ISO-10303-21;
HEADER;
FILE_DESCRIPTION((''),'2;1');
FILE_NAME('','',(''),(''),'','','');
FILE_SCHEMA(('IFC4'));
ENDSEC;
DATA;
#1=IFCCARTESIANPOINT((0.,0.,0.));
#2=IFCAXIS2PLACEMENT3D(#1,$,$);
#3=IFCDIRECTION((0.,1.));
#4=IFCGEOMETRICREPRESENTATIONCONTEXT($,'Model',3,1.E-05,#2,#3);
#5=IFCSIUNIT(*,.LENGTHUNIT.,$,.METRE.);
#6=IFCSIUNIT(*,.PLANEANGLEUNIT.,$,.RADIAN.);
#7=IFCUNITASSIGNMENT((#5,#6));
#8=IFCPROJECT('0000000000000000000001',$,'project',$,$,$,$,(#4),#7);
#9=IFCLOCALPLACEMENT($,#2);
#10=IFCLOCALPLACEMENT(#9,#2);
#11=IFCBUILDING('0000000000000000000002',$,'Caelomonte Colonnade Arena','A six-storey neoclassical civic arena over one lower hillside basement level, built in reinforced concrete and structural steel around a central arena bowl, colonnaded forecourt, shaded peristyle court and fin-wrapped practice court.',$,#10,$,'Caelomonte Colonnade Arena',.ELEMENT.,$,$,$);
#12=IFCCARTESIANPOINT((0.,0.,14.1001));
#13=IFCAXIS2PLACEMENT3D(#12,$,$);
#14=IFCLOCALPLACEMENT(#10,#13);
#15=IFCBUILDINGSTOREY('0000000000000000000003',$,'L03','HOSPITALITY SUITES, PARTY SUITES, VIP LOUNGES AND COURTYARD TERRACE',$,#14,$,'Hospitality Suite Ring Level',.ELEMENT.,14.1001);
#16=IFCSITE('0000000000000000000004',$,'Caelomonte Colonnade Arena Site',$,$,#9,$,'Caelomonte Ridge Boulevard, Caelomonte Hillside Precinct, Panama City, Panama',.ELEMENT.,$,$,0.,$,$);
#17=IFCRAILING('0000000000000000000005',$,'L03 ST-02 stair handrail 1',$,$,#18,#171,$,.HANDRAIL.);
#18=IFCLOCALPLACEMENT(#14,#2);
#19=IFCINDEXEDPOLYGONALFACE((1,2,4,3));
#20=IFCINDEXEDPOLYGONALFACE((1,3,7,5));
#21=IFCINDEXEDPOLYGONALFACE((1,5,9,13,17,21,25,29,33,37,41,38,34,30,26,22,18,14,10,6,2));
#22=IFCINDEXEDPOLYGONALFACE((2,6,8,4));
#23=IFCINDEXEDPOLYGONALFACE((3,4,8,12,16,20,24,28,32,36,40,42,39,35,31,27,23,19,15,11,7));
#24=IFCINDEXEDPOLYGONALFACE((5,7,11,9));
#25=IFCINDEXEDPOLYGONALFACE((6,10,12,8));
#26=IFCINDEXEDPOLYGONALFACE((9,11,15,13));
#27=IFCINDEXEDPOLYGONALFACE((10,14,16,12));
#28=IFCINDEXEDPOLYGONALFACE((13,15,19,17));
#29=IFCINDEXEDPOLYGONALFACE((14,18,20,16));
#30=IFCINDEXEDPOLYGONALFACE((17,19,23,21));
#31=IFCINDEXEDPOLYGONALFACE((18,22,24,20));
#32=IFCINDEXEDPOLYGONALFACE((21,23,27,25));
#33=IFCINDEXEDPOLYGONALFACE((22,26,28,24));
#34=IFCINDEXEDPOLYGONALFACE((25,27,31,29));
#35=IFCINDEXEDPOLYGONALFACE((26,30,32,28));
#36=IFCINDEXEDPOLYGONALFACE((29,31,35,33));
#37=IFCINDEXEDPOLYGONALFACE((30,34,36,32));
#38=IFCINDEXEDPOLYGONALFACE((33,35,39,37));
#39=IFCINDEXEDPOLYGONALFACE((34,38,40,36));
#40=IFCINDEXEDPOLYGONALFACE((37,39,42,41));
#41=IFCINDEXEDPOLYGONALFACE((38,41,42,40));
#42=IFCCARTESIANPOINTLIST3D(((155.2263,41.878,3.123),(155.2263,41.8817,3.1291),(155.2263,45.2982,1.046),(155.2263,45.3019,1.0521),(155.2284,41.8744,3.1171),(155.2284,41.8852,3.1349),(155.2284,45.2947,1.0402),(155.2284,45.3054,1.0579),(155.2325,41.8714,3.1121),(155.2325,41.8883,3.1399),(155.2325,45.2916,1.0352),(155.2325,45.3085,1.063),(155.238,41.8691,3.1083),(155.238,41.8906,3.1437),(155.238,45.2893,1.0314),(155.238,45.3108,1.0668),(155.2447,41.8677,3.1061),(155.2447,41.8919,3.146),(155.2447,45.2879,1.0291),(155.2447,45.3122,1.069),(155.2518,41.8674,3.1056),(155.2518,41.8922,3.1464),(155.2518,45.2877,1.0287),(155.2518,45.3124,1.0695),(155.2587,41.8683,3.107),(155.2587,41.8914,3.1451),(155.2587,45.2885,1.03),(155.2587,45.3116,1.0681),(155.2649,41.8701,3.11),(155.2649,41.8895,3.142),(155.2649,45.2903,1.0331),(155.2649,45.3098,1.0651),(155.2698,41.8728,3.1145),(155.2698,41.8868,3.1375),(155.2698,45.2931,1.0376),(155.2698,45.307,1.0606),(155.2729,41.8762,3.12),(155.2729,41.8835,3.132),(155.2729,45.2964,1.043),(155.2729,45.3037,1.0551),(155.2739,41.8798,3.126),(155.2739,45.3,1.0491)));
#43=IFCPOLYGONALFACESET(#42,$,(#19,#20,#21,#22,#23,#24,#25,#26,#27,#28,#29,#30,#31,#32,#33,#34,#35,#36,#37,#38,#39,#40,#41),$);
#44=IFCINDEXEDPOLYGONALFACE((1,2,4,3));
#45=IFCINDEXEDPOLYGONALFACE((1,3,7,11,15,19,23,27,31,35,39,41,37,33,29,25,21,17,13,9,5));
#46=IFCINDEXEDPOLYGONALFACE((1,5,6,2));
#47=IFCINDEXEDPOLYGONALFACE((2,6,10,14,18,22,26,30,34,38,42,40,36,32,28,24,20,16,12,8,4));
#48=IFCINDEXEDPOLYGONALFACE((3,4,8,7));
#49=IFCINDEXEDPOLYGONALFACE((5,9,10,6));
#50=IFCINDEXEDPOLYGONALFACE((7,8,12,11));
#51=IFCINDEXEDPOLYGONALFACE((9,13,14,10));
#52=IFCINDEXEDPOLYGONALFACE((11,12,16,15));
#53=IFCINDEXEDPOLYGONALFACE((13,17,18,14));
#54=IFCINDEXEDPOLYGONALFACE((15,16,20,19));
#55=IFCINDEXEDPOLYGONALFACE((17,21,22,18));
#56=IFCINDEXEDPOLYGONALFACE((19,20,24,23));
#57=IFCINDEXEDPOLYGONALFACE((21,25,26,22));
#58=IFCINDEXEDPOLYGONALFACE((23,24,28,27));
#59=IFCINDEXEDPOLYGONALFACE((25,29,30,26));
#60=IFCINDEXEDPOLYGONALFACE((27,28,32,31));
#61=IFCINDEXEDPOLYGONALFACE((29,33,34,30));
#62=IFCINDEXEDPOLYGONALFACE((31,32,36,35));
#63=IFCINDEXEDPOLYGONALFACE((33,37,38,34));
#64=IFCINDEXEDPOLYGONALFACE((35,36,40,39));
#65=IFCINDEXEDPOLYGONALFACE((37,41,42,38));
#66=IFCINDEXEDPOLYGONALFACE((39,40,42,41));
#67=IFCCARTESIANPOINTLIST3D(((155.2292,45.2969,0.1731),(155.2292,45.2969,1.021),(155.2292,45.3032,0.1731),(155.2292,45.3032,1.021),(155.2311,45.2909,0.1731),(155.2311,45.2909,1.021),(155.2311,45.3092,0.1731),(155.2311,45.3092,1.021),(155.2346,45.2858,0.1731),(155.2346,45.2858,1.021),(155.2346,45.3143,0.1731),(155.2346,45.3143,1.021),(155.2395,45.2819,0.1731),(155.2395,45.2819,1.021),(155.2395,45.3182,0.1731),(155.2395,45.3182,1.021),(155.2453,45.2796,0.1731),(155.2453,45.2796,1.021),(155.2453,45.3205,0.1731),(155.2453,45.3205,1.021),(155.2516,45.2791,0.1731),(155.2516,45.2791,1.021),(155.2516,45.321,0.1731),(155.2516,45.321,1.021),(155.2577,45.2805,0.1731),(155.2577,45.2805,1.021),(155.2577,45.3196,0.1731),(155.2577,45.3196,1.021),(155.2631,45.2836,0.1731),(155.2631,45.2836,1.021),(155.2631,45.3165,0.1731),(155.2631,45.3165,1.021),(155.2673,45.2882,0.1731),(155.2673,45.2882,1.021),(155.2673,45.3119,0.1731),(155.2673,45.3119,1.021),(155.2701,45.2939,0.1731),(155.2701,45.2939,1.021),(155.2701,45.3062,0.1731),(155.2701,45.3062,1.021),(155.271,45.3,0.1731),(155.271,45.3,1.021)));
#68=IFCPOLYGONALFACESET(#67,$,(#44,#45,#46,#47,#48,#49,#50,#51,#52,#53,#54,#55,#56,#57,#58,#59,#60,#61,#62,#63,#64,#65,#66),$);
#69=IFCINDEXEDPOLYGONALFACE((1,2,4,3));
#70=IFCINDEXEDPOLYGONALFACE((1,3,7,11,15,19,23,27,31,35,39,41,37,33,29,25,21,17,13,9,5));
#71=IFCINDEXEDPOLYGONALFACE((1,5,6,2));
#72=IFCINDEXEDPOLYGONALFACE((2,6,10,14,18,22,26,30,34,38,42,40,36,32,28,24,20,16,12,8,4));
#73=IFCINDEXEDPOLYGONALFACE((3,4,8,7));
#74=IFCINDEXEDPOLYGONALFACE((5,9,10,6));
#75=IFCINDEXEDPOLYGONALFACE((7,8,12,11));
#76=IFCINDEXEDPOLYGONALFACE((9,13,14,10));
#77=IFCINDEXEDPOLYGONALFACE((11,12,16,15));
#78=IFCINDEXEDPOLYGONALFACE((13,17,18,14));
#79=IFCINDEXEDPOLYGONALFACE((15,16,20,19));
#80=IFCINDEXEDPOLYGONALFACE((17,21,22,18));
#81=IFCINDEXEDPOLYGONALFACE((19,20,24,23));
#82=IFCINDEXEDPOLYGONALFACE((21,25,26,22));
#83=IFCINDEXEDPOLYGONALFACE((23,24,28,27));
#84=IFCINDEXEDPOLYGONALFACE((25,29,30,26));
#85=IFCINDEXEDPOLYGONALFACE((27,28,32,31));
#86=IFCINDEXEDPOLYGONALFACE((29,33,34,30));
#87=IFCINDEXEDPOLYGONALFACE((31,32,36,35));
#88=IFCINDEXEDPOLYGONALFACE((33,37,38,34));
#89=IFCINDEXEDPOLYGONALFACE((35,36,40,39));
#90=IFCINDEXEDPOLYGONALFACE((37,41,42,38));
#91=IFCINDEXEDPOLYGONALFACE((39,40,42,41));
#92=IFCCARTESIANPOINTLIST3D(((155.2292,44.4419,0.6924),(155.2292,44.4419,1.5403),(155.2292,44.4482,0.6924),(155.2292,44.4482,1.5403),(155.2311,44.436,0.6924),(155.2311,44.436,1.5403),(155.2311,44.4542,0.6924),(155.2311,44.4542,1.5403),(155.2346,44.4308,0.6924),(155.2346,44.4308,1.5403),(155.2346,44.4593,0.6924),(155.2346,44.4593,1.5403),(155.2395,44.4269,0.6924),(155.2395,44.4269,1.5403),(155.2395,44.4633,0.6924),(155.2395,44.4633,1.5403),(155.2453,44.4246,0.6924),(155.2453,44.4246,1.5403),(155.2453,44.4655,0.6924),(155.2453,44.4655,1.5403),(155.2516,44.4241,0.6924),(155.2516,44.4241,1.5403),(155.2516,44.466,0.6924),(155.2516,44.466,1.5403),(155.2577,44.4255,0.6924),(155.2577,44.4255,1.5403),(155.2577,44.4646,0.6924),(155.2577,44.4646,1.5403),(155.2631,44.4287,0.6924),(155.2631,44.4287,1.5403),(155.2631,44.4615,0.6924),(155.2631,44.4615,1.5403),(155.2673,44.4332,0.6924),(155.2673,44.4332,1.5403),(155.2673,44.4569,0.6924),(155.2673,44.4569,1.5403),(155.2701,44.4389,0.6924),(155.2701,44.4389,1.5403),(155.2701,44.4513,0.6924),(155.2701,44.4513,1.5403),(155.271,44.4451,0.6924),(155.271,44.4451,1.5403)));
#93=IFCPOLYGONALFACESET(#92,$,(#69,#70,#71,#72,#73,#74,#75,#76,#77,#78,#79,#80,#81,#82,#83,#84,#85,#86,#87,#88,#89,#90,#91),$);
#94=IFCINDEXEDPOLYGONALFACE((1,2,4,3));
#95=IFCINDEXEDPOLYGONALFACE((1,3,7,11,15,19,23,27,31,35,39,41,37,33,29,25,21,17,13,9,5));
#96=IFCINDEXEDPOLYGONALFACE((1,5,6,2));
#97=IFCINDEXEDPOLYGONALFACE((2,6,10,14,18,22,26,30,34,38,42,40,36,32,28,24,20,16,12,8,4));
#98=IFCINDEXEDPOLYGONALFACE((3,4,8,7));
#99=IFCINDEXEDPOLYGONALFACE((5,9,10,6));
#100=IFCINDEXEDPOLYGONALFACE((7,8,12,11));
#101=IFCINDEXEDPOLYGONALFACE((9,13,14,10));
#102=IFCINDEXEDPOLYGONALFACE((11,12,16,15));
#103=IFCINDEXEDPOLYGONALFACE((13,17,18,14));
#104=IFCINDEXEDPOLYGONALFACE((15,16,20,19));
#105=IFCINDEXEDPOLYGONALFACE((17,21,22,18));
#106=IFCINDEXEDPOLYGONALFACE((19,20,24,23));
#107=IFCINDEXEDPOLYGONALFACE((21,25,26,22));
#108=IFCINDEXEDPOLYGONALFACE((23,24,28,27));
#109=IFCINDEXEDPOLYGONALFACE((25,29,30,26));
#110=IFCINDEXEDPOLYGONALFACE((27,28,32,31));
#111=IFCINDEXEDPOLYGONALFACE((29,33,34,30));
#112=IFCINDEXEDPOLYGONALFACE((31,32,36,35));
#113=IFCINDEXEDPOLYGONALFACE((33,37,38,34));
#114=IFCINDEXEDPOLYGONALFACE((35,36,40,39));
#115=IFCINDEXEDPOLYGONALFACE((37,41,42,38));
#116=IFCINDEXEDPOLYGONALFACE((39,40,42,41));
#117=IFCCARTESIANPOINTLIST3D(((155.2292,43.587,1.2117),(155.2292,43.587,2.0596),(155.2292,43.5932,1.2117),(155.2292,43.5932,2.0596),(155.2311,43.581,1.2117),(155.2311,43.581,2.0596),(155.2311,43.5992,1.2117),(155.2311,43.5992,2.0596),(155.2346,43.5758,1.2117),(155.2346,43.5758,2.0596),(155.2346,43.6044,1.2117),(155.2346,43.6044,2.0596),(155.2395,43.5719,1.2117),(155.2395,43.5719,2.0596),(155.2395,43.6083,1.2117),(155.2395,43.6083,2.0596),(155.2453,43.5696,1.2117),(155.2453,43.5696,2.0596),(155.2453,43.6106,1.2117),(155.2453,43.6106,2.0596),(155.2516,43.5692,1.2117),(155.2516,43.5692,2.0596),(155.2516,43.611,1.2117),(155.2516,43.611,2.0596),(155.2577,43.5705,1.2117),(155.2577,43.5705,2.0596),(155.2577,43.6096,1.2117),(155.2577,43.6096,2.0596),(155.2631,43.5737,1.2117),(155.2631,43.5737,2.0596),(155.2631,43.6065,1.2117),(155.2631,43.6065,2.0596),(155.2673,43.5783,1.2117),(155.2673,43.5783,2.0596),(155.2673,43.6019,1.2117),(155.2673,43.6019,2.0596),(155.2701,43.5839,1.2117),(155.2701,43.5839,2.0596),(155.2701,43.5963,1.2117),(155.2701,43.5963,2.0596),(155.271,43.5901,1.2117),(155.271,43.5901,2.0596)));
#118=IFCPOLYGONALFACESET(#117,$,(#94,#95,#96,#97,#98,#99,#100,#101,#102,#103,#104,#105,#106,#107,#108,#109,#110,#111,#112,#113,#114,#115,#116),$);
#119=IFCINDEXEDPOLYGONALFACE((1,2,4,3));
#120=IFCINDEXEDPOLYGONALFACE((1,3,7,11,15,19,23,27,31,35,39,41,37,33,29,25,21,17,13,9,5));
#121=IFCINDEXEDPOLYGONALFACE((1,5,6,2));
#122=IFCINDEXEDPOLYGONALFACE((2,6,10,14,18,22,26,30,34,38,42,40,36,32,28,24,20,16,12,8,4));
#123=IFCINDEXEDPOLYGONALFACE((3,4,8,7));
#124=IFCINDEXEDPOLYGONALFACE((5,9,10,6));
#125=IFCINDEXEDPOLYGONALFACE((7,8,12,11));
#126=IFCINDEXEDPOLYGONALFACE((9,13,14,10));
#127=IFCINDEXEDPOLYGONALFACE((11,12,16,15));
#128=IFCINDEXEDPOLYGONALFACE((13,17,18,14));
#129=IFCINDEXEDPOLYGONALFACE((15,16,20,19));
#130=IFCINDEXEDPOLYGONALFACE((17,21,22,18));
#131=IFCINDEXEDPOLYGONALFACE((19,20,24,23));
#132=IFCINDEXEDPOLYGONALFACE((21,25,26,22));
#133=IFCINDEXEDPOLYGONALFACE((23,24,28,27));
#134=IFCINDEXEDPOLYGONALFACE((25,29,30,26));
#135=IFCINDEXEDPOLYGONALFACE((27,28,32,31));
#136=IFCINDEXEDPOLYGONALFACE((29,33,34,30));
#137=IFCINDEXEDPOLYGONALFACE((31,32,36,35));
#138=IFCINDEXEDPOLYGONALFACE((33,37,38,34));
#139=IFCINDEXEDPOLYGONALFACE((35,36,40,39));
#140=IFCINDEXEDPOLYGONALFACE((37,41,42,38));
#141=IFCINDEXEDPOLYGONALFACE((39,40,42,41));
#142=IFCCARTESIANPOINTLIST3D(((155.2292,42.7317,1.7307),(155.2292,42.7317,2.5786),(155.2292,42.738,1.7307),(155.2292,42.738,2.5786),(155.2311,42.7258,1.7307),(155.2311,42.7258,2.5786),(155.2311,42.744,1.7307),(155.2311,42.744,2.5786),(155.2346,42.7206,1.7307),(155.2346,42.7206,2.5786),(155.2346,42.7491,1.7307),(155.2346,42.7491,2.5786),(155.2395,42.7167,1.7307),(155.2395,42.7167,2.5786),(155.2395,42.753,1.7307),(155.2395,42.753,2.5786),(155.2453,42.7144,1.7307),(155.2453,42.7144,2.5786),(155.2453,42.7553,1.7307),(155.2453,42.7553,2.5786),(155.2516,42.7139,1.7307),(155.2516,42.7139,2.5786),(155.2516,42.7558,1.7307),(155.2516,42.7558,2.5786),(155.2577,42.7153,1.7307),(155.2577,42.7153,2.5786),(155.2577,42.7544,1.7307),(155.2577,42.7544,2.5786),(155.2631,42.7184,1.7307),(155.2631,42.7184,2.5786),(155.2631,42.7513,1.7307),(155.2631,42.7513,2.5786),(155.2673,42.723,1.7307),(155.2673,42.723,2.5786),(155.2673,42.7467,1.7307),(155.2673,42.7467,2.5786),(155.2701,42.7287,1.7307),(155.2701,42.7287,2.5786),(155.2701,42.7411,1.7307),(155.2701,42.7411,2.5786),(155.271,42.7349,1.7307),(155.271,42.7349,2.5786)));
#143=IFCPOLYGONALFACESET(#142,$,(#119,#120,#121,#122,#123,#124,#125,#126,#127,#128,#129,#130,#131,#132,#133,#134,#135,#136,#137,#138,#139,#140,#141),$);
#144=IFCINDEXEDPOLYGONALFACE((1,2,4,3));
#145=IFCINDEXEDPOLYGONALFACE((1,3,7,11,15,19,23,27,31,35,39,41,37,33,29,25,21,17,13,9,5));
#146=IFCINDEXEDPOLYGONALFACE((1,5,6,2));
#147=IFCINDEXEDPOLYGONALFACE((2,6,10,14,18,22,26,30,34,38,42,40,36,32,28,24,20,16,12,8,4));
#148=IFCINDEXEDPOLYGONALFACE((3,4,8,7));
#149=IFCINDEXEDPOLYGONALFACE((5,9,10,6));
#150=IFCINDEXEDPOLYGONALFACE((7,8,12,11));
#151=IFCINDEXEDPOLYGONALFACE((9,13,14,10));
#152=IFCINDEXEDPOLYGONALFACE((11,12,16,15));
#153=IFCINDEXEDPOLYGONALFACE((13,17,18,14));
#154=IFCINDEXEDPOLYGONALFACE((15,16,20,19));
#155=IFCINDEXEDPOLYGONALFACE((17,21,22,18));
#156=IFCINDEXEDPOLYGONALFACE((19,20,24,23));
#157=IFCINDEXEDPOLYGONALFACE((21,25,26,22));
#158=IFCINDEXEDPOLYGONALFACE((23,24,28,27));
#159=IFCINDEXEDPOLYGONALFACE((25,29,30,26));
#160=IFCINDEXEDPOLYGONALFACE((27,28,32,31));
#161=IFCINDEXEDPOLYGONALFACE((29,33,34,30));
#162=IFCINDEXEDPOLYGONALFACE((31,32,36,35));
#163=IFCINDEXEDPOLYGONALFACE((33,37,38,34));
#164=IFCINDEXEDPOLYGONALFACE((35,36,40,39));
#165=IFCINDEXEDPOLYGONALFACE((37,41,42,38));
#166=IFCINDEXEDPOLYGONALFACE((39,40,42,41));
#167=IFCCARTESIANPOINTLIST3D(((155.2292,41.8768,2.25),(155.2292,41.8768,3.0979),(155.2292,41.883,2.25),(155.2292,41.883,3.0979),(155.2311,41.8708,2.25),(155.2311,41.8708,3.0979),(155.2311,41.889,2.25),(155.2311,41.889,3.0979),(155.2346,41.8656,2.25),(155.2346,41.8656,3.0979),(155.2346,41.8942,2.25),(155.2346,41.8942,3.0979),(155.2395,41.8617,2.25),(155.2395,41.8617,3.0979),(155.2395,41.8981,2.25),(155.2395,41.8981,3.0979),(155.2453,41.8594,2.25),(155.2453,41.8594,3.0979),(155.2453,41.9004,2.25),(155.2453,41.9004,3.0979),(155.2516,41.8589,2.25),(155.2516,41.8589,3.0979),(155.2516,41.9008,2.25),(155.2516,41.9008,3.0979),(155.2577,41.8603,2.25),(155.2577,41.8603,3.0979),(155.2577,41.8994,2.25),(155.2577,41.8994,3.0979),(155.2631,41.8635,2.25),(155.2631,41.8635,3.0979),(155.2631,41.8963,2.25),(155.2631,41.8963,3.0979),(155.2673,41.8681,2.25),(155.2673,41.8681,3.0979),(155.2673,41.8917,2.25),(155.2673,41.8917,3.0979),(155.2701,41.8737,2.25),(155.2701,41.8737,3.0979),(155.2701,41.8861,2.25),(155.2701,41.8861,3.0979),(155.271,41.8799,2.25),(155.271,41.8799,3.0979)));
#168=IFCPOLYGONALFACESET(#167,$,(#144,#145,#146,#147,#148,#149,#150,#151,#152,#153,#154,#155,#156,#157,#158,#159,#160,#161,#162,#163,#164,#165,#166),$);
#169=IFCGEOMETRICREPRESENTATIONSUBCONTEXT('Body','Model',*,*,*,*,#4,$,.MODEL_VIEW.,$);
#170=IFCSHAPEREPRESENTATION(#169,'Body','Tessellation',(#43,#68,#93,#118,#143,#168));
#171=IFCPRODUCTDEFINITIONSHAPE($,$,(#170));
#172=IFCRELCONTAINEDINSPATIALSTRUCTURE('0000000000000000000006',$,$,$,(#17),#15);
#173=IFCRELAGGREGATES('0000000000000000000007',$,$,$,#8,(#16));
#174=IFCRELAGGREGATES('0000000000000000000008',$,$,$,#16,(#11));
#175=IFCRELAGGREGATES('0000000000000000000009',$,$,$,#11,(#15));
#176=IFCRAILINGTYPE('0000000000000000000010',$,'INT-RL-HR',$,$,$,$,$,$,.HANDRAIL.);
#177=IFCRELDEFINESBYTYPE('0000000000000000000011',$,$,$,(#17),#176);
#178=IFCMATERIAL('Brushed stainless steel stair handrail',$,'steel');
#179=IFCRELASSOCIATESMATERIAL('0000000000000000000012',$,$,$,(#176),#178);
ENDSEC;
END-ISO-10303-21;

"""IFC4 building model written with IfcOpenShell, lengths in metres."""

from ifc_helpers import new_model, si_unit, direction, frame, origin, origin_2d, place, context, subcontext, project, spatial, circle, extrude, material, type_object, element, save


model = new_model("IFC4")

# Units and contexts
model_context = context("Model", 3, precision=1e-05, world=origin(), true_north=direction((0.0, 1.0)))
body_context = subcontext(model_context, "Body", "Model", "MODEL_VIEW")
ifc_project = project(units=[si_unit("LENGTHUNIT", "METRE"), si_unit("PLANEANGLEUNIT", "RADIAN")], contexts=[model_context])

# Site, building, storey
site_placement = place(None, origin())
site = spatial("IfcSite", under=ifc_project, at=site_placement, Name="Caelomonte Colonnade Arena Site", LongName="Caelomonte Ridge Boulevard, Caelomonte Hillside Precinct, Panama City, Panama", CompositionType="ELEMENT", RefElevation=0.0)
building_placement = place(site_placement, origin())
building = spatial("IfcBuilding", under=site, at=building_placement, Name="Caelomonte Colonnade Arena", Description="A six-storey neoclassical civic arena over one lower hillside basement level, built in reinforced concrete and structural steel around a central arena bowl, colonnaded forecourt, shaded peristyle court and fin-wrapped practice court.", LongName="Caelomonte Colonnade Arena", CompositionType="ELEMENT")
storey_placement = place(building_placement, frame((0.0, 0.0, 14.1001)))
storey = spatial("IfcBuildingStorey", under=building, at=storey_placement, Name="L03", Description="HOSPITALITY SUITES, PARTY SUITES, VIP LOUNGES AND COURTYARD TERRACE", LongName="Hospitality Suite Ring Level", CompositionType="ELEMENT", Elevation=14.1001)

# Railing
ifc_material_1 = material(Name="Brushed stainless steel stair handrail", Category="steel")
railing_type_1 = type_object("IfcRailingType", Name="INT-RL-HR", PredefinedType="HANDRAIL", material=ifc_material_1)
railing_1_placement = place(storey_placement, frame((155.25, 45.3, 0.1731)))
element("IfcRailing", 1, at=railing_1_placement, inside=storey, type_object=railing_type_1, Name="L03 ST-02 stair handrail 1", PredefinedType="HANDRAIL", context=body_context, shape_type="SweptSolid", body=[
    extrude(circle(Radius=0.0239, at=origin_2d()), frame((0.0, 0.0, 0.876), z_axis=(0.0, -0.854746, 0.519047), x_axis=(1.0, 0.0, 0.0)), (0.0, 0.0, 1.0), 4.0015),
    extrude(circle(Radius=0.021, at=origin_2d()), origin(), (0.0, 0.0, 1.0), 0.8479),
    extrude(circle(Radius=0.021, at=origin_2d()), frame((0.0, -0.855, 0.5193)), (0.0, 0.0, 1.0), 0.8479),
    extrude(circle(Radius=0.021, at=origin_2d()), frame((0.0, -1.71, 1.0386)), (0.0, 0.0, 1.0), 0.8479),
    extrude(circle(Radius=0.021, at=origin_2d()), frame((0.0, -2.5652, 1.5576)), (0.0, 0.0, 1.0), 0.8479),
    extrude(circle(Radius=0.021, at=origin_2d()), frame((0.0, -3.4202, 2.0769)), (0.0, 0.0, 1.0), 0.8479),
])

save(model, "model.ifc")
